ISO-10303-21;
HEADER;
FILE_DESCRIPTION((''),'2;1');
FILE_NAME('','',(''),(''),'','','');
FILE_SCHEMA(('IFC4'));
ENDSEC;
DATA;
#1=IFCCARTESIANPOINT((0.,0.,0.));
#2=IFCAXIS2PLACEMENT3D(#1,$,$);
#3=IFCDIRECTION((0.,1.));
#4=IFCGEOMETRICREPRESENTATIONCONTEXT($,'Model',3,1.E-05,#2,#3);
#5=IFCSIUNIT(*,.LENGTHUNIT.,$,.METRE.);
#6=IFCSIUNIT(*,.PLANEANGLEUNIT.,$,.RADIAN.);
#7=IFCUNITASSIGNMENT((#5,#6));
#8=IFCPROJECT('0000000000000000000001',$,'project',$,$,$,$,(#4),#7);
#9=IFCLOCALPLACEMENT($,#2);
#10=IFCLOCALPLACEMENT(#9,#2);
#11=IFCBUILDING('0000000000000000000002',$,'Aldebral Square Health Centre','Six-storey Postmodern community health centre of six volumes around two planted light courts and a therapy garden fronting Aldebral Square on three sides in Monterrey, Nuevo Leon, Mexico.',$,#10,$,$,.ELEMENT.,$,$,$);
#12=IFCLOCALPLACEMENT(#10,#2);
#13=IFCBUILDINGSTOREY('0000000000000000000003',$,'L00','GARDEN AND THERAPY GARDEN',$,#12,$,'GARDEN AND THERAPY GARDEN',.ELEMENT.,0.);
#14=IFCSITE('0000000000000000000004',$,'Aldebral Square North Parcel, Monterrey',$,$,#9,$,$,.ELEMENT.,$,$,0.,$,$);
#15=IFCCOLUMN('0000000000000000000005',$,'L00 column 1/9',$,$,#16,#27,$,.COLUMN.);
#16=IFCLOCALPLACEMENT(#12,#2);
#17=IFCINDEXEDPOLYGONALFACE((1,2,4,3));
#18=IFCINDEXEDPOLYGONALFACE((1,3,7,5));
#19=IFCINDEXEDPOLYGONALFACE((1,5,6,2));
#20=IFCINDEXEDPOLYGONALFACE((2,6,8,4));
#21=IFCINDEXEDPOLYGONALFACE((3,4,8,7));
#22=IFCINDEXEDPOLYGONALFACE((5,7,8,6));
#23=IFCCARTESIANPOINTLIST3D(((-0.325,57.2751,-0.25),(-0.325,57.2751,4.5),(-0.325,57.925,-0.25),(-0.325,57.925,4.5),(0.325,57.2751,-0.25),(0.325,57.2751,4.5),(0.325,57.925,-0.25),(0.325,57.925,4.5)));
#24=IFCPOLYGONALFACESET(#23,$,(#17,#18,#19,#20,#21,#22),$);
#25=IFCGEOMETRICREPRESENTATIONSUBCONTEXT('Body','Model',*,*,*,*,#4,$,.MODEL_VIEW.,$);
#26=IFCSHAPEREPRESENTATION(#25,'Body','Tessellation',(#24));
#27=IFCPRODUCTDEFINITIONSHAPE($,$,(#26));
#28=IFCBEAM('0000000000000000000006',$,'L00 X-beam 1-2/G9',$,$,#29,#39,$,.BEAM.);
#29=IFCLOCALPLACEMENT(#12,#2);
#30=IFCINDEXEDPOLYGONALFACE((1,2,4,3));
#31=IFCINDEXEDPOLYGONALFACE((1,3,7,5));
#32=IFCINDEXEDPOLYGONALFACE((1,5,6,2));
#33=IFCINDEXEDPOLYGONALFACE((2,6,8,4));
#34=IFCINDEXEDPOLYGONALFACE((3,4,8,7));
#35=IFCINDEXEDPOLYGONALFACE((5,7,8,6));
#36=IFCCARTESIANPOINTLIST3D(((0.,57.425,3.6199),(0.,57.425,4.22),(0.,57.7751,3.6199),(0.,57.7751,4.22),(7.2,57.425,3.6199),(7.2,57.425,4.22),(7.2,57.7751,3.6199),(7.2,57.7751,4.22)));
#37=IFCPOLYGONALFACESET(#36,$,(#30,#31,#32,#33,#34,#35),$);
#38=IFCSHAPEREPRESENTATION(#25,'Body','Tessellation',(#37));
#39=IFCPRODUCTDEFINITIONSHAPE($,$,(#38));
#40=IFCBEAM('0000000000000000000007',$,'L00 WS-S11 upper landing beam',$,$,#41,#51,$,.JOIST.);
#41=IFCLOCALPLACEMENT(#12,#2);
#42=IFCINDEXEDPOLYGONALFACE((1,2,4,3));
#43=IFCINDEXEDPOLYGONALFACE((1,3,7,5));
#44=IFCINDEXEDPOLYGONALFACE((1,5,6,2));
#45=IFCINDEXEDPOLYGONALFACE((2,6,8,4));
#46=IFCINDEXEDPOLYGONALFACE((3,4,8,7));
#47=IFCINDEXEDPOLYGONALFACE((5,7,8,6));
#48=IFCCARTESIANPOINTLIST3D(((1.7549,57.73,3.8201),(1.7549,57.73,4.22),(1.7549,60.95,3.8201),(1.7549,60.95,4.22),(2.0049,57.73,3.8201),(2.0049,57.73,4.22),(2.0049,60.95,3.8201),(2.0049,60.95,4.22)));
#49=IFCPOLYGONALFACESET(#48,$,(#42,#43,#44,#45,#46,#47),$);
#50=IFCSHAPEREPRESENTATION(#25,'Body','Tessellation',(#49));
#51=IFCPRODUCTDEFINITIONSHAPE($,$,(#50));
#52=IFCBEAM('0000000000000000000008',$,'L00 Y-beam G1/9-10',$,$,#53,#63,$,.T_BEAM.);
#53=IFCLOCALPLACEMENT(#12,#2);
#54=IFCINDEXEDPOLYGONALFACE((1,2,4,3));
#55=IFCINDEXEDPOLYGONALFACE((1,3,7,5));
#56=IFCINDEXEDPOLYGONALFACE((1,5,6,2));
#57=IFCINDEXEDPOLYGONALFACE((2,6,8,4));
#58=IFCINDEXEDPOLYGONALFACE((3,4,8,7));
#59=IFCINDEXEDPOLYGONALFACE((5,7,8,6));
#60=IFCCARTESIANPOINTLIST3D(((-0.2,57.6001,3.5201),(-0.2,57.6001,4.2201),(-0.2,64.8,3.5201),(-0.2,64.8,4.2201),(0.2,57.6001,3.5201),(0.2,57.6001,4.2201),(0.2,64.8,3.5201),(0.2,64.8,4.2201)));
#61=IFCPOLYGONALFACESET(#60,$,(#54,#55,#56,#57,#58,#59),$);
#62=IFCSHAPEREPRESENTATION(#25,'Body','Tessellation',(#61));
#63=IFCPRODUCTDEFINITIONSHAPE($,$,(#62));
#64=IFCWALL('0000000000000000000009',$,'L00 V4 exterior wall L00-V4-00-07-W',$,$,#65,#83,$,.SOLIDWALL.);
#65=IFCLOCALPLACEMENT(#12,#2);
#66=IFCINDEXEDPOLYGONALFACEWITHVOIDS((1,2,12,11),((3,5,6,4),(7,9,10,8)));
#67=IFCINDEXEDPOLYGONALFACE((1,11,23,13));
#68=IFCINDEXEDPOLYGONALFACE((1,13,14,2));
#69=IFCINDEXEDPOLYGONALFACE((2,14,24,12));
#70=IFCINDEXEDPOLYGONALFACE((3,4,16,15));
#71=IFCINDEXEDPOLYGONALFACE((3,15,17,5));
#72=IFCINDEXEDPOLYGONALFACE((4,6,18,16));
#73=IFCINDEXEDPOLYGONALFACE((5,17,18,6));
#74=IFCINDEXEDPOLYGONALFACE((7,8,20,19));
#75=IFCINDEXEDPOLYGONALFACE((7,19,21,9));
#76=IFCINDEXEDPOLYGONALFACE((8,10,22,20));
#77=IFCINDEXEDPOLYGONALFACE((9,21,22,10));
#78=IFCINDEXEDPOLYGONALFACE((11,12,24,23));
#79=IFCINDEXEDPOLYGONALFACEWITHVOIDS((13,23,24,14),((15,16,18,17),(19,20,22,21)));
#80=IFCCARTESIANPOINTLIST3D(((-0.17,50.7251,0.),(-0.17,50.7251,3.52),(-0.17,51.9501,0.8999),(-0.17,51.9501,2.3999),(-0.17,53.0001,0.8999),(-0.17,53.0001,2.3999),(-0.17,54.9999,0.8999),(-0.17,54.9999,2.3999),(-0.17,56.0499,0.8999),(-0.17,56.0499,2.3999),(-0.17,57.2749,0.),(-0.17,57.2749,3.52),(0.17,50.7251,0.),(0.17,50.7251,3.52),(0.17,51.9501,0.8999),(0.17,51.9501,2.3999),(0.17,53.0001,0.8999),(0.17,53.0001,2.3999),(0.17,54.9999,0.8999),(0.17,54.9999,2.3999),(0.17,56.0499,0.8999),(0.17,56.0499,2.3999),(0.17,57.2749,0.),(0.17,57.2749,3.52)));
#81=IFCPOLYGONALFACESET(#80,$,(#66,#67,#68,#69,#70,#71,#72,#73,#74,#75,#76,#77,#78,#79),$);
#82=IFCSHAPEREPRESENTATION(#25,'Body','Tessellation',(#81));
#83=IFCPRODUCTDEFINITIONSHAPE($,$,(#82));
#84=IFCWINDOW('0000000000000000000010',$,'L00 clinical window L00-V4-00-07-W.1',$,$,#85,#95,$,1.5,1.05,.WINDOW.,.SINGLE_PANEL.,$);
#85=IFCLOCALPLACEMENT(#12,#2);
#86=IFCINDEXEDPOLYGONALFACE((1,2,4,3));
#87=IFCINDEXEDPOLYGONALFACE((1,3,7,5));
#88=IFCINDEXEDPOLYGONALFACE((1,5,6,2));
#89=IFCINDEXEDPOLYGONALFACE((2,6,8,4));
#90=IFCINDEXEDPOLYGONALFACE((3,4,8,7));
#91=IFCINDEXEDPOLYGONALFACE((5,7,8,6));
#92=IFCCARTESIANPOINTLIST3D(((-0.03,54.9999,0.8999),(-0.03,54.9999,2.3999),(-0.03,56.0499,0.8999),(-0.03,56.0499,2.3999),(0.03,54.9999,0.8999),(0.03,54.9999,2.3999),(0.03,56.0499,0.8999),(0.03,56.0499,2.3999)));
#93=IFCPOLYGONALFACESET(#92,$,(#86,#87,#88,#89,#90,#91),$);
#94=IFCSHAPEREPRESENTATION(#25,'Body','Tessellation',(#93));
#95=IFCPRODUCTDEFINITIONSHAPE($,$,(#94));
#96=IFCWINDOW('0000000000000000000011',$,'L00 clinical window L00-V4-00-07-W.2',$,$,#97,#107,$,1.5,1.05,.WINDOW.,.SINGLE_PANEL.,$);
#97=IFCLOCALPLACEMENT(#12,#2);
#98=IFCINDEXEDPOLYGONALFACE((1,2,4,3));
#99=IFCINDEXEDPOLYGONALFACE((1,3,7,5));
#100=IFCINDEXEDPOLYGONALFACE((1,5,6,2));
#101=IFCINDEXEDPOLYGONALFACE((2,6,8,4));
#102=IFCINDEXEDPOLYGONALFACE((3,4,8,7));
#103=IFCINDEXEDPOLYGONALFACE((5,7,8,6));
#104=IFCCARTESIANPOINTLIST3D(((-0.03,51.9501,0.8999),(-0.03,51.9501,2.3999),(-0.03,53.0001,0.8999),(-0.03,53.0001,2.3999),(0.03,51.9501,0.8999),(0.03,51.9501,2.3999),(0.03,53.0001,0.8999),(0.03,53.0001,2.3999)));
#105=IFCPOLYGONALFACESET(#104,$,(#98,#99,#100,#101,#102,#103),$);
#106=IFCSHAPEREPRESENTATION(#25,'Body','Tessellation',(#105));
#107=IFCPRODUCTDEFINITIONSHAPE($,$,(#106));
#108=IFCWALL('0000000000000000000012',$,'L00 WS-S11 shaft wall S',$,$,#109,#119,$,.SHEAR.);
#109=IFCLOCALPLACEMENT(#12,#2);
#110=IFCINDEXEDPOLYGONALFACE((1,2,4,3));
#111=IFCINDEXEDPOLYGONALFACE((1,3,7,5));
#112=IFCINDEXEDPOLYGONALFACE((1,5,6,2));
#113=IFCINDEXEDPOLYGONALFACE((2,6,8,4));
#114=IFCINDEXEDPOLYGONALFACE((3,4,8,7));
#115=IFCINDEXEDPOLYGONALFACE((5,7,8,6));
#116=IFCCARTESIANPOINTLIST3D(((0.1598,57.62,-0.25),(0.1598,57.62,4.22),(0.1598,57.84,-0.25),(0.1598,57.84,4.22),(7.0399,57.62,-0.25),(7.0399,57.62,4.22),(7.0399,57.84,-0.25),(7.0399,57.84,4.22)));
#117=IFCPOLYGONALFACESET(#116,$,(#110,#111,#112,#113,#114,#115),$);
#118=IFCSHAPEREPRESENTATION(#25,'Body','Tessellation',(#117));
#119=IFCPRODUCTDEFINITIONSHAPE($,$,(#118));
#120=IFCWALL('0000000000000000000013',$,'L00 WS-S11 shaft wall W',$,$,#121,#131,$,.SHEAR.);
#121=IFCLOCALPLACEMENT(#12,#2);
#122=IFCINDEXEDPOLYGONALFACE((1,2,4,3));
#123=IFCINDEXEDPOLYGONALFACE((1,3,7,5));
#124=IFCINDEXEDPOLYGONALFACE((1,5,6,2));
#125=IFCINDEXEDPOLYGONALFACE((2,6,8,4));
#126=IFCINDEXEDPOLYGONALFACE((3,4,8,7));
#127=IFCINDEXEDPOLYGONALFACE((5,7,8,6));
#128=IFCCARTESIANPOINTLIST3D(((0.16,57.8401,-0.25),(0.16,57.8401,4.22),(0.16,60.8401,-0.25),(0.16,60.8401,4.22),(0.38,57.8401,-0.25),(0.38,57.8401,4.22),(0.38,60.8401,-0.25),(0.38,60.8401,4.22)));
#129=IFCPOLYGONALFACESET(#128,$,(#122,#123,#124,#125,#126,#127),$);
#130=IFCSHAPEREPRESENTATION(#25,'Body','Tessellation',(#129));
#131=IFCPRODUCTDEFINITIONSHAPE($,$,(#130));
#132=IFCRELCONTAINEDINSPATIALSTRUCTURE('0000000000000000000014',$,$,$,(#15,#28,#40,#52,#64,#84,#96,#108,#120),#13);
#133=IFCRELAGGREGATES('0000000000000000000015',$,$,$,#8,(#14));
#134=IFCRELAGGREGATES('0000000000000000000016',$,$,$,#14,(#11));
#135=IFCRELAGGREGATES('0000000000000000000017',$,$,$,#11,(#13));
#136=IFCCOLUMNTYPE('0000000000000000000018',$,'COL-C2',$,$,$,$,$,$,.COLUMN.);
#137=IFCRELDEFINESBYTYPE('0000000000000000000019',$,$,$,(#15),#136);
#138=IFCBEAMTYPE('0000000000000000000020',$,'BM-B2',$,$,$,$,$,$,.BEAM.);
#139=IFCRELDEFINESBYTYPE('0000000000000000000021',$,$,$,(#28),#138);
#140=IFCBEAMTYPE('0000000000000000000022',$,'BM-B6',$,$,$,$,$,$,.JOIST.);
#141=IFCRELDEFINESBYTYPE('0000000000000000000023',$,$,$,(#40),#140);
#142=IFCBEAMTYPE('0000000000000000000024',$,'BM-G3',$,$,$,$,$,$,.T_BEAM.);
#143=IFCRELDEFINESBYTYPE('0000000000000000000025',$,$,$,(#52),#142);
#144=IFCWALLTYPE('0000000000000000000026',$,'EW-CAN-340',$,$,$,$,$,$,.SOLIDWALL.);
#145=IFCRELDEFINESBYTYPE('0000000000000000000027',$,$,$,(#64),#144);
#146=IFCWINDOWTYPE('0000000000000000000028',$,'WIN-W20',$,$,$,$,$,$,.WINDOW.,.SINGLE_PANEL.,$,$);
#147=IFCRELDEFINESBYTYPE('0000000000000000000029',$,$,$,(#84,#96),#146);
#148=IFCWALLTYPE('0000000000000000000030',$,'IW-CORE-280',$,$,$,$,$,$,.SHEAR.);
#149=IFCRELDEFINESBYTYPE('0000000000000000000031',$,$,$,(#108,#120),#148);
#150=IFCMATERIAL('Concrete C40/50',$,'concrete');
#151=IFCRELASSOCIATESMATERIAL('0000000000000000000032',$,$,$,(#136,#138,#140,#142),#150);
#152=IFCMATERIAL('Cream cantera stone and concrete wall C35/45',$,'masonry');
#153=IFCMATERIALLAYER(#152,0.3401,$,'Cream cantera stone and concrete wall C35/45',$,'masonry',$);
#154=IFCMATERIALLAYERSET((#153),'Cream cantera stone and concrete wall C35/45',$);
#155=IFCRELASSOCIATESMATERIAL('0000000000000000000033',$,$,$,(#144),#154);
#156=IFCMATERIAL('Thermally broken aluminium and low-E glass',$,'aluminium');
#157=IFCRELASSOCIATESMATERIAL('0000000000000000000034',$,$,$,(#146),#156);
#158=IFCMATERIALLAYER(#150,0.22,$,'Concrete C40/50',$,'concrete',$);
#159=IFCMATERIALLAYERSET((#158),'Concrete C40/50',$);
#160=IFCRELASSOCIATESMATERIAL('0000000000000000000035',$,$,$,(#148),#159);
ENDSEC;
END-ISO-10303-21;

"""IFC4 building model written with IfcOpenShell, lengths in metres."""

from ifc_helpers import new_model, si_unit, direction, frame, frame_2d, origin, origin_2d, place, context, subcontext, project, spatial, rectangle, extrude, material, layer, layer_set, material_profile, profile_set, type_object, element, fill, save


model = new_model("IFC4")

# Units and contexts
model_context = context("Model", 3, precision=1e-05, world=origin(), true_north=direction((0.0, 1.0)))
body_context = subcontext(model_context, "Body", "Model", "MODEL_VIEW")
ifc_project = project(units=[si_unit("LENGTHUNIT", "METRE"), si_unit("PLANEANGLEUNIT", "RADIAN")], contexts=[model_context])

# Site, building, storey
site_placement = place(None, origin())
site = spatial("IfcSite", under=ifc_project, at=site_placement, Name="Aldebral Square North Parcel, Monterrey", CompositionType="ELEMENT", RefElevation=0.0)
building_placement = place(site_placement, origin())
building = spatial("IfcBuilding", under=site, at=building_placement, Name="Aldebral Square Health Centre", Description="Six-storey Postmodern community health centre of six volumes around two planted light courts and a therapy garden fronting Aldebral Square on three sides in Monterrey, Nuevo Leon, Mexico.", CompositionType="ELEMENT")
storey_placement = place(building_placement, origin())
storey = spatial("IfcBuildingStorey", under=building, at=storey_placement, Name="L00", Description="GARDEN AND THERAPY GARDEN", LongName="GARDEN AND THERAPY GARDEN", CompositionType="ELEMENT", Elevation=0.0)

# Column
ifc_material_1 = material(Name="Concrete C40/50", Category="concrete")
ifc_material_profile_1 = material_profile(ifc_material_1, rectangle(XDim=0.6499, YDim=0.6499, at=origin_2d()), Name="RC 650x650")
ifc_profile_set_1 = profile_set([ifc_material_profile_1], Name="Concrete C40/50")
column_type = type_object("IfcColumnType", Name="COL-C2", PredefinedType="COLUMN", material=ifc_profile_set_1)
column_placement = place(storey_placement, frame((0.0, 57.6001, -0.25), z_axis=(0.0, 0.0, 1.0), x_axis=(1.0, 0.0, 0.0)))
element("IfcColumn", 1, at=column_placement, inside=storey, type_object=column_type, Name="L00 column 1/9", PredefinedType="COLUMN", context=body_context, shape_type="SweptSolid", body=[
    extrude(rectangle(XDim=0.6499, YDim=0.6499, at=origin_2d()), origin(), (0.0, 0.0, 1.0), 4.75),
])

# Beams
ifc_material_profile_2 = material_profile(ifc_material_1, rectangle(XDim=0.3501, YDim=0.6001, at=origin_2d()), Name="RC 350x600")
ifc_profile_set_2 = profile_set([ifc_material_profile_2], Name="Concrete C40/50")
beam_type_1 = type_object("IfcBeamType", Name="BM-B2", PredefinedType="BEAM", material=ifc_profile_set_2)
beam_1_placement = place(storey_placement, frame((0.0, 57.6001, 3.9199), z_axis=(1.0, 0.0, 0.0), x_axis=(0.0, 1.0, 0.0)))
element("IfcBeam", 2, at=beam_1_placement, inside=storey, type_object=beam_type_1, Name="L00 X-beam 1-2/G9", PredefinedType="BEAM", context=body_context, shape_type="SweptSolid", body=[
    extrude(rectangle(XDim=0.3501, YDim=0.6001, at=origin_2d()), origin(), (0.0, 0.0, 1.0), 7.2),
])
ifc_material_profile_3 = material_profile(ifc_material_1, rectangle(XDim=0.25, YDim=0.3999, at=origin_2d()), Name="RC 250x400")
ifc_profile_set_3 = profile_set([ifc_material_profile_3], Name="Concrete C40/50")
beam_type_2 = type_object("IfcBeamType", Name="BM-B6", PredefinedType="JOIST", material=ifc_profile_set_3)
beam_2_placement = place(storey_placement, frame((1.8799, 57.73, 4.02), z_axis=(0.0, 1.0, 0.0), x_axis=(-1.0, 0.0, 0.0)))
element("IfcBeam", 3, at=beam_2_placement, inside=storey, type_object=beam_type_2, Name="L00 WS-S11 upper landing beam", PredefinedType="JOIST", context=body_context, shape_type="SweptSolid", body=[
    extrude(rectangle(XDim=0.25, YDim=0.3999, at=origin_2d()), origin(), (0.0, 0.0, 1.0), 3.22),
])
ifc_material_profile_4 = material_profile(ifc_material_1, rectangle(XDim=0.3999, YDim=0.7, at=origin_2d()), Name="RC 400x700")
ifc_profile_set_4 = profile_set([ifc_material_profile_4], Name="Concrete C40/50")
beam_type_3 = type_object("IfcBeamType", Name="BM-G3", PredefinedType="T_BEAM", material=ifc_profile_set_4)
beam_3_placement = place(storey_placement, frame((0.0, 57.6001, 3.8701), z_axis=(0.0, 1.0, 0.0), x_axis=(-1.0, 0.0, 0.0)))
element("IfcBeam", 4, at=beam_3_placement, inside=storey, type_object=beam_type_3, Name="L00 Y-beam G1/9-10", PredefinedType="T_BEAM", context=body_context, shape_type="SweptSolid", body=[
    extrude(rectangle(XDim=0.3999, YDim=0.7, at=origin_2d()), origin(), (0.0, 0.0, 1.0), 7.2),
])

# Wall, openings, windows
ifc_material_2 = material(Name="Cream cantera stone and concrete wall C35/45", Category="masonry")
ifc_layer_1 = layer(ifc_material_2, 0.3401, Name="Cream cantera stone and concrete wall C35/45", Category="masonry")
ifc_layer_set_1 = layer_set([ifc_layer_1], Name="Cream cantera stone and concrete wall C35/45")
wall_type_1 = type_object("IfcWallType", Name="EW-CAN-340", PredefinedType="SOLIDWALL", material=ifc_layer_set_1)
wall_1_placement = place(storey_placement, frame((0.0, 57.2749, 0.0), z_axis=(0.0, 0.0, 1.0), x_axis=(0.0, -1.0, 0.0)))
wall_1 = element("IfcWall", 5, at=wall_1_placement, inside=storey, type_object=wall_type_1, Name="L00 V4 exterior wall L00-V4-00-07-W", PredefinedType="SOLIDWALL", context=body_context, shape_type="SweptSolid", body=[
    extrude(rectangle(XDim=6.5498, YDim=0.3401, at=frame_2d((3.2749, 0.0))), origin(), (0.0, 0.0, 1.0), 3.52),
])
opening_1_placement = place(wall_1_placement, frame((1.2251, 0.0, 0.8999)))
opening_1 = element("IfcOpeningElement", 6, at=opening_1_placement, cuts=wall_1, PredefinedType="OPENING", context=body_context, shape_type="SweptSolid", body=[
    extrude(rectangle(XDim=1.05, YDim=1.5, at=frame_2d((0.5249, 0.75))), frame((0.0, 0.1802, 0.0), z_axis=(0.0, -1.0, 0.0), x_axis=(1.0, 0.0, 0.0)), (0.0, 0.0, 1.0), 0.3601),
])
opening_2_placement = place(wall_1_placement, frame((4.2749, 0.0, 0.8999)))
opening_2 = element("IfcOpeningElement", 7, at=opening_2_placement, cuts=wall_1, PredefinedType="OPENING", context=body_context, shape_type="SweptSolid", body=[
    extrude(rectangle(XDim=1.05, YDim=1.5, at=frame_2d((0.5249, 0.75))), frame((0.0, 0.1802, 0.0), z_axis=(0.0, -1.0, 0.0), x_axis=(1.0, 0.0, 0.0)), (0.0, 0.0, 1.0), 0.3601),
])
ifc_material_3 = material(Name="Thermally broken aluminium and low-E glass", Category="aluminium")
window_type = type_object("IfcWindowType", Name="WIN-W20", PartitioningType="SINGLE_PANEL", PredefinedType="WINDOW", material=ifc_material_3)
window_1_placement = place(opening_1_placement, origin())
window_1 = element("IfcWindow", 8, at=window_1_placement, inside=storey, type_object=window_type, Name="L00 clinical window L00-V4-00-07-W.1", OverallHeight=1.5, OverallWidth=1.05, PartitioningType="SINGLE_PANEL", PredefinedType="WINDOW", context=body_context, shape_type="SweptSolid", body=[
    extrude(rectangle(XDim=1.05, YDim=1.5, at=frame_2d((0.5249, 0.75))), frame((0.0, 0.03, 0.0), z_axis=(0.0, -1.0, 0.0), x_axis=(1.0, 0.0, 0.0)), (0.0, 0.0, 1.0), 0.0601),
])
fill(opening_1, window_1)
window_2_placement = place(opening_2_placement, origin())
window_2 = element("IfcWindow", 9, at=window_2_placement, inside=storey, type_object=window_type, Name="L00 clinical window L00-V4-00-07-W.2", OverallHeight=1.5, OverallWidth=1.05, PartitioningType="SINGLE_PANEL", PredefinedType="WINDOW", context=body_context, shape_type="SweptSolid", body=[
    extrude(rectangle(XDim=1.05, YDim=1.5, at=frame_2d((0.5249, 0.75))), frame((0.0, 0.03, 0.0), z_axis=(0.0, -1.0, 0.0), x_axis=(1.0, 0.0, 0.0)), (0.0, 0.0, 1.0), 0.0601),
])
fill(opening_2, window_2)

# Walls
ifc_layer_2 = layer(ifc_material_1, 0.22, Name="Concrete C40/50", Category="concrete")
ifc_layer_set_2 = layer_set([ifc_layer_2], Name="Concrete C40/50")
wall_type_2 = type_object("IfcWallType", Name="IW-CORE-280", PredefinedType="SHEAR", material=ifc_layer_set_2)
wall_2_placement = place(storey_placement, frame((0.1599, 57.73, -0.25), z_axis=(0.0, 0.0, 1.0), x_axis=(1.0, 0.0, 0.0)))
element("IfcWall", 10, at=wall_2_placement, inside=storey, type_object=wall_type_2, Name="L00 WS-S11 shaft wall S", PredefinedType="SHEAR", context=body_context, shape_type="SweptSolid", body=[
    extrude(rectangle(XDim=6.8801, YDim=0.22, at=frame_2d((3.4399, 0.0))), origin(), (0.0, 0.0, 1.0), 4.47),
])
wall_3_placement = place(storey_placement, frame((0.27, 57.8401, -0.25), z_axis=(0.0, 0.0, 1.0), x_axis=(0.0, 1.0, 0.0)))
element("IfcWall", 11, at=wall_3_placement, inside=storey, type_object=wall_type_2, Name="L00 WS-S11 shaft wall W", PredefinedType="SHEAR", context=body_context, shape_type="SweptSolid", body=[
    extrude(rectangle(XDim=3.0, YDim=0.22, at=frame_2d((1.5, 0.0))), origin(), (0.0, 0.0, 1.0), 4.47),
])

save(model, "model.ifc")
